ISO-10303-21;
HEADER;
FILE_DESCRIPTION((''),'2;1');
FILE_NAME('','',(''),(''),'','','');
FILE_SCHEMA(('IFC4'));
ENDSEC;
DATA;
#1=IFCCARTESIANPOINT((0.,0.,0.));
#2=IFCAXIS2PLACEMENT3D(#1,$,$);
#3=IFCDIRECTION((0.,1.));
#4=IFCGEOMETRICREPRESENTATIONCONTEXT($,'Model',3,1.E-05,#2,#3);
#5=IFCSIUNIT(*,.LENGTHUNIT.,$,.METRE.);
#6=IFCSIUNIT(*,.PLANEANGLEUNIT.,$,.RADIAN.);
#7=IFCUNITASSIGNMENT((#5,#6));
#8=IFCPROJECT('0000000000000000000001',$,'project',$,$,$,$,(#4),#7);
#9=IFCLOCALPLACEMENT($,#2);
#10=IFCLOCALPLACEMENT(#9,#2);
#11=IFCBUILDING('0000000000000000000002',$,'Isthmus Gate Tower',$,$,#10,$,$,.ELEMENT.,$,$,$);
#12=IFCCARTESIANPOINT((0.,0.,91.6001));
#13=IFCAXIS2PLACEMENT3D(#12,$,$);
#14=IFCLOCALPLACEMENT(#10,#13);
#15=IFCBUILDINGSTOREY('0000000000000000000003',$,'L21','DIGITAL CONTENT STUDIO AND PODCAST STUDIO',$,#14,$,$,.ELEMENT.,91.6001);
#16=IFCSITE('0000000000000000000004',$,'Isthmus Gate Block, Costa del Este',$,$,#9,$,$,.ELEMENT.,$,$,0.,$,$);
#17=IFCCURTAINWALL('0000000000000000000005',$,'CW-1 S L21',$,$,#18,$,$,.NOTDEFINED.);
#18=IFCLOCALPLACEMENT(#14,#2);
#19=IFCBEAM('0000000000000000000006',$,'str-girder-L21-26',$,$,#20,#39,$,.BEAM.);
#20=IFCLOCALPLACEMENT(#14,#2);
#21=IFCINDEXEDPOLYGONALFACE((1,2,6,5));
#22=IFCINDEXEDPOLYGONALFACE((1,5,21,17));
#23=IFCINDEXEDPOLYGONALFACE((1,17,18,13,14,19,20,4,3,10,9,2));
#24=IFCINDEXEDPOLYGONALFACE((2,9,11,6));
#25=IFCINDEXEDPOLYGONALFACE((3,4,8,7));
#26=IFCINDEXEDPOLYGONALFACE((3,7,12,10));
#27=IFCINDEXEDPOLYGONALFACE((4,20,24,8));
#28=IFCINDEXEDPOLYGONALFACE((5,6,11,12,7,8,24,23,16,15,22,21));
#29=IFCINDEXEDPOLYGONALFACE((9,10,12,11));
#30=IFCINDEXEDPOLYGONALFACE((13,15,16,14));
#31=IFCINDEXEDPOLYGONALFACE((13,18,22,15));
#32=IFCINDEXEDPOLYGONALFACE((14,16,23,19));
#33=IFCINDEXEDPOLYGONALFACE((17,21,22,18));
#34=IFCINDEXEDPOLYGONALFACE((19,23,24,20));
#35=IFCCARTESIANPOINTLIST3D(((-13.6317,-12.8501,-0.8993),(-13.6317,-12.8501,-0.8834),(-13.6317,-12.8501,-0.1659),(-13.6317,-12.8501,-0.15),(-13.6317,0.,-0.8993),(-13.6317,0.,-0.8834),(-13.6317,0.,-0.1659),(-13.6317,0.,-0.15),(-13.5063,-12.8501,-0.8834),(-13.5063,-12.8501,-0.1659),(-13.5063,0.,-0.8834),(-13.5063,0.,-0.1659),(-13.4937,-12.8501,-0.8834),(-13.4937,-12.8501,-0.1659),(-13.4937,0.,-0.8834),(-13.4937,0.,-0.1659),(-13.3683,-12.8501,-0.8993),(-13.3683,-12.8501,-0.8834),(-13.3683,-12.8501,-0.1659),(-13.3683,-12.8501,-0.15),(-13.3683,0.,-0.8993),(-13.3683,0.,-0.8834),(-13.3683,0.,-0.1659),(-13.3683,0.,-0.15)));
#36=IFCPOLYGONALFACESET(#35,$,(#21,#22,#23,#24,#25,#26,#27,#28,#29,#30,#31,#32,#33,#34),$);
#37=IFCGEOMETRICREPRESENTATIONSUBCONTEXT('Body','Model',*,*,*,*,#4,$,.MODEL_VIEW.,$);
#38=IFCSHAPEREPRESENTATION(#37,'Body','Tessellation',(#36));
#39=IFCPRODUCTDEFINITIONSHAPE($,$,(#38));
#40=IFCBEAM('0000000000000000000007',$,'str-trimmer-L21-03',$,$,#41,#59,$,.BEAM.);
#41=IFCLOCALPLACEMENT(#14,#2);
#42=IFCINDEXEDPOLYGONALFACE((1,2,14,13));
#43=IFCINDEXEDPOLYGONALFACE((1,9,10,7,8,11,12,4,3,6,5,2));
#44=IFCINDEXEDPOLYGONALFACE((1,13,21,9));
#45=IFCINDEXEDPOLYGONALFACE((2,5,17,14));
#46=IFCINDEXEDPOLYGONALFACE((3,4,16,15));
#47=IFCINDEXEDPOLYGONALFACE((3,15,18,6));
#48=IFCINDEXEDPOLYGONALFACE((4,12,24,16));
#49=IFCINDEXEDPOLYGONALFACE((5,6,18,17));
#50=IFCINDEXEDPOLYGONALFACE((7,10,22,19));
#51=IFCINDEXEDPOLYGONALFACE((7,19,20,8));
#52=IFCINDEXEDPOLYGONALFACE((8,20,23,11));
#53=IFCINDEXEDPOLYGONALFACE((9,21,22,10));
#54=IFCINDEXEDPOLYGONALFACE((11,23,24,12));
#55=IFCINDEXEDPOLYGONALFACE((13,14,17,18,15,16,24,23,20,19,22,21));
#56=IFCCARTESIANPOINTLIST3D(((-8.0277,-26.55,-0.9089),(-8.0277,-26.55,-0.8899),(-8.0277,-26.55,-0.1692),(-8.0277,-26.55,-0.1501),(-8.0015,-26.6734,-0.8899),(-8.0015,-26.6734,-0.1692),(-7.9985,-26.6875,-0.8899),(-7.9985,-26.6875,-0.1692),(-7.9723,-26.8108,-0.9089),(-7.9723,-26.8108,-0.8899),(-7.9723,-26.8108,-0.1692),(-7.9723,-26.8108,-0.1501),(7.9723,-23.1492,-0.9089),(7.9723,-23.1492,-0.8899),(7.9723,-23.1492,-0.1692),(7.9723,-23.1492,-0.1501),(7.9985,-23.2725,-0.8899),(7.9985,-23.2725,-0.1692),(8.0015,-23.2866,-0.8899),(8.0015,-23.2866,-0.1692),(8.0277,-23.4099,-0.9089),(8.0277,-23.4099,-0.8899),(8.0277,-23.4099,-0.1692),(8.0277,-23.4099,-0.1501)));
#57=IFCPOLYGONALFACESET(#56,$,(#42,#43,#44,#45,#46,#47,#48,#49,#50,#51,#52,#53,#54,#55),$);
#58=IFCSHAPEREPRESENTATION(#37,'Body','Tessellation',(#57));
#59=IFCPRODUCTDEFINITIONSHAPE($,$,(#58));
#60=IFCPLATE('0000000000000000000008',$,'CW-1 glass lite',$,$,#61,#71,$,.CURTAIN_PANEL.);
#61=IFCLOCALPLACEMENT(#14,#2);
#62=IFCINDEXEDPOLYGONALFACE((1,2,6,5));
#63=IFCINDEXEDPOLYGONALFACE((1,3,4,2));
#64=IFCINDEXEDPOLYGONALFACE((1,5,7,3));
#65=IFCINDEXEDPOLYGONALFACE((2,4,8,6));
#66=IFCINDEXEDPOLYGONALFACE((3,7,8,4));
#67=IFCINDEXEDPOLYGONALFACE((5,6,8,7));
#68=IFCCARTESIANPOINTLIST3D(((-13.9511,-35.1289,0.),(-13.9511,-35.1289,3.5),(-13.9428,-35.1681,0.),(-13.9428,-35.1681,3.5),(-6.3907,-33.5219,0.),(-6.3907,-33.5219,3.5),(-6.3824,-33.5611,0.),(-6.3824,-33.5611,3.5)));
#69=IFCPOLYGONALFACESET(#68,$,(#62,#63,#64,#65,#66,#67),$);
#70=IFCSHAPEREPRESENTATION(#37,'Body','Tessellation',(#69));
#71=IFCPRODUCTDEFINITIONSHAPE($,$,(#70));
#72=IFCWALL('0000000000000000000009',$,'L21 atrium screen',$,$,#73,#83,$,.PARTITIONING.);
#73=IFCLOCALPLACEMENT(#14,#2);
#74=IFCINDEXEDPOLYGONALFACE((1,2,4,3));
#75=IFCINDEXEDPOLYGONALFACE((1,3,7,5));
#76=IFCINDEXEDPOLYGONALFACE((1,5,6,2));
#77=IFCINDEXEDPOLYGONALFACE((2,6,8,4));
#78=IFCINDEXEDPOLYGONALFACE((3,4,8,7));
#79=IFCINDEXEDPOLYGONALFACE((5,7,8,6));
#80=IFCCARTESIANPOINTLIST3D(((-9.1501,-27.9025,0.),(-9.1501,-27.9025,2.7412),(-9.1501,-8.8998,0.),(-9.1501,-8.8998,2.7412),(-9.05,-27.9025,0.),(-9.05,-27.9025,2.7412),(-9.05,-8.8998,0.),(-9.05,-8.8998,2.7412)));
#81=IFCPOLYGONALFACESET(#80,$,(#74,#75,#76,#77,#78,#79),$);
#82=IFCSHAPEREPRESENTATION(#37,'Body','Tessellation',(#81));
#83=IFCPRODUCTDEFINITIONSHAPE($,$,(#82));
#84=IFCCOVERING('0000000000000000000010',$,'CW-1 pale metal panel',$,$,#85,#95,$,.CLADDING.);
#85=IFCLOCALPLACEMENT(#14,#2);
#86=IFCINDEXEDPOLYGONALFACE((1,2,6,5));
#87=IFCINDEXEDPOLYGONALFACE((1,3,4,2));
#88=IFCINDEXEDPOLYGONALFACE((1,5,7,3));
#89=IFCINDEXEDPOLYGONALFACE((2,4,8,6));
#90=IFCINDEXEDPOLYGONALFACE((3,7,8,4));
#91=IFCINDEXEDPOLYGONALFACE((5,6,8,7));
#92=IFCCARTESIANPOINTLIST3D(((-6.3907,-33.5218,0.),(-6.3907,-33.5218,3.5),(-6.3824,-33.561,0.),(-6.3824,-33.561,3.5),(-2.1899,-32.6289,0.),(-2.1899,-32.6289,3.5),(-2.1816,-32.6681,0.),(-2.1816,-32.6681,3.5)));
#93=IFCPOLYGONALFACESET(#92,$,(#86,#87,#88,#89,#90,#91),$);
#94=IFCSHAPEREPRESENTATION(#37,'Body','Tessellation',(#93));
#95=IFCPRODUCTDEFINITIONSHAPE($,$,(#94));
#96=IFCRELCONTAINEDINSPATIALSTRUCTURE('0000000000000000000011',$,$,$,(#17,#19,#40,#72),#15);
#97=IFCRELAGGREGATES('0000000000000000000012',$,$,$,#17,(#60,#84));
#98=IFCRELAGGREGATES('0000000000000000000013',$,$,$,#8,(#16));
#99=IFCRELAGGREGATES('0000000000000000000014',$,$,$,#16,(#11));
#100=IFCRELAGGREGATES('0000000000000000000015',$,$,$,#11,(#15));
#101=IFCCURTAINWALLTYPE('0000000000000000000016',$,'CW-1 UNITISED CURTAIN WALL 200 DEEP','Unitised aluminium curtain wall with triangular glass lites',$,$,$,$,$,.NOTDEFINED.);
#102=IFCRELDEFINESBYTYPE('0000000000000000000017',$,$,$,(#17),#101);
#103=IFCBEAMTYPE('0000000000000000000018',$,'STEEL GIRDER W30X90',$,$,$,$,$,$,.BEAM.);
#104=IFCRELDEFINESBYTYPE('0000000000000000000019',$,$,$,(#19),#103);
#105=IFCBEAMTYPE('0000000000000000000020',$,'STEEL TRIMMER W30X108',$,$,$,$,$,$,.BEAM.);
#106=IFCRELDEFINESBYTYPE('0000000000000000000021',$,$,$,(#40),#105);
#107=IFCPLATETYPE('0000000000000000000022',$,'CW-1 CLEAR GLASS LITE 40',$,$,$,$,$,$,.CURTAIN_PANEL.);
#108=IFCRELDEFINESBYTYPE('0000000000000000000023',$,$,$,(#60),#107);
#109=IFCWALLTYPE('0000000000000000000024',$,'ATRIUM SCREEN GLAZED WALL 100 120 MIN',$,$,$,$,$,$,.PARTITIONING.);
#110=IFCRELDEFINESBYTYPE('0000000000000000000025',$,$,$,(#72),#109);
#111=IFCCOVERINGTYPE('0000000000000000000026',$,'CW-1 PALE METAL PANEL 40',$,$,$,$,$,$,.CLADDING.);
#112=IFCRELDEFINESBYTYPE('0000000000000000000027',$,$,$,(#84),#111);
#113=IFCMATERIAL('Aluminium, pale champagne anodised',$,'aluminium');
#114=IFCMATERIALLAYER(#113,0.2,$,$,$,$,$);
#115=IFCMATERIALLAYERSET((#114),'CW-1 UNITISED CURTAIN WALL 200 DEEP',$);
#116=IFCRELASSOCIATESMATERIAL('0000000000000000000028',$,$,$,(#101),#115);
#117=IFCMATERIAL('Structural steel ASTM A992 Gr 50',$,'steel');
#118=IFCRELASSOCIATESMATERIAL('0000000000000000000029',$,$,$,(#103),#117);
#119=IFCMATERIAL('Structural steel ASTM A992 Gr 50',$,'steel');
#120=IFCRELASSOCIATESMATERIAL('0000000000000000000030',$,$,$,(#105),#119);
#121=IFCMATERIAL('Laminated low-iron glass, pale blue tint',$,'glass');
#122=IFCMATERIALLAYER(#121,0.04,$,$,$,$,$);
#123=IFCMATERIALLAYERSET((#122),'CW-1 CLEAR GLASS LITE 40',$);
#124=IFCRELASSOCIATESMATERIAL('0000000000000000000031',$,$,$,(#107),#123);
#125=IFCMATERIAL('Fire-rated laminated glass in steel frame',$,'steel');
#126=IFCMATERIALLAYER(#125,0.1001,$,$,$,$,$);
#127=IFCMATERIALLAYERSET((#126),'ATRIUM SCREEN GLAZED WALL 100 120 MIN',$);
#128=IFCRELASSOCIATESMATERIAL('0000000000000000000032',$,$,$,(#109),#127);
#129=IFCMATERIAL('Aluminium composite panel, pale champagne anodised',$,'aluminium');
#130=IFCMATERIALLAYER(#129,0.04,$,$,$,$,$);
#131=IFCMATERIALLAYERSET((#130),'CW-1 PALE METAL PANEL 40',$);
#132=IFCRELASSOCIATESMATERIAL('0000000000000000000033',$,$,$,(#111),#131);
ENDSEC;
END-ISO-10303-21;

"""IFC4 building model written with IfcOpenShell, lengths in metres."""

from ifc_helpers import new_model, si_unit, direction, frame, frame_2d, origin, origin_2d, place, context, subcontext, project, spatial, rectangle, i_section, extrude, material, layer, layer_set, material_profile, profile_set, type_object, element, aggregate, save


model = new_model("IFC4")

# Units and contexts
model_context = context("Model", 3, precision=1e-05, world=origin(), true_north=direction((0.0, 1.0)))
body_context = subcontext(model_context, "Body", "Model", "MODEL_VIEW")
ifc_project = project(units=[si_unit("LENGTHUNIT", "METRE"), si_unit("PLANEANGLEUNIT", "RADIAN")], contexts=[model_context])

# Site, building, storey
site_placement = place(None, origin())
site = spatial("IfcSite", under=ifc_project, at=site_placement, Name="Isthmus Gate Block, Costa del Este", CompositionType="ELEMENT", RefElevation=0.0)
building_placement = place(site_placement, origin())
building = spatial("IfcBuilding", under=site, at=building_placement, Name="Isthmus Gate Tower", CompositionType="ELEMENT")
storey_placement = place(building_placement, frame((0.0, 0.0, 91.6001)))
storey = spatial("IfcBuildingStorey", under=building, at=storey_placement, Name="L21", Description="DIGITAL CONTENT STUDIO AND PODCAST STUDIO", CompositionType="ELEMENT", Elevation=91.6001)

# Curtain wall
ifc_material_1 = material(Name="Aluminium, pale champagne anodised", Category="aluminium")
ifc_layer_1 = layer(ifc_material_1, 0.2)
ifc_layer_set_1 = layer_set([ifc_layer_1], Name="CW-1 UNITISED CURTAIN WALL 200 DEEP")
curtain_wall_type = type_object("IfcCurtainWallType", Name="CW-1 UNITISED CURTAIN WALL 200 DEEP", Description="Unitised aluminium curtain wall with triangular glass lites", PredefinedType="NOTDEFINED", material=ifc_layer_set_1)
curtain_wall_placement = place(storey_placement, origin())
curtain_wall = element("IfcCurtainWall", 1, at=curtain_wall_placement, inside=storey, type_object=curtain_wall_type, Name="CW-1 S L21", PredefinedType="NOTDEFINED")

# Beams
ifc_material_2 = material(Name="Structural steel ASTM A992 Gr 50", Category="steel")
ifc_material_profile_1 = material_profile(ifc_material_2, i_section(OverallWidth=0.2634, OverallDepth=0.7493, WebThickness=0.0127, FlangeThickness=0.0159, at=origin_2d()), Name="W30X90")
ifc_profile_set_1 = profile_set([ifc_material_profile_1], Name="Structural steel ASTM A992 Gr 50")
beam_type_1 = type_object("IfcBeamType", Name="STEEL GIRDER W30X90", PredefinedType="BEAM", material=ifc_profile_set_1)
beam_1_placement = place(storey_placement, frame((-13.5, -12.8501, -0.5247), z_axis=(0.0, 1.0, 0.0), x_axis=(-1.0, 0.0, 0.0)))
element("IfcBeam", 2, at=beam_1_placement, inside=storey, type_object=beam_type_1, Name="str-girder-L21-26", PredefinedType="BEAM", context=body_context, shape_type="SweptSolid", body=[
    extrude(i_section(OverallWidth=0.2634, OverallDepth=0.7493, WebThickness=0.0127, FlangeThickness=0.0159, at=origin_2d()), origin(), (0.0, 0.0, 1.0), 12.8501),
])
ifc_material_3 = material(Name="Structural steel ASTM A992 Gr 50", Category="steel")
ifc_material_profile_2 = material_profile(ifc_material_3, i_section(OverallWidth=0.2666, OverallDepth=0.7588, WebThickness=0.0144, FlangeThickness=0.019, at=origin_2d()), Name="W30X108")
ifc_profile_set_2 = profile_set([ifc_material_profile_2], Name="Structural steel ASTM A992 Gr 50")
beam_type_2 = type_object("IfcBeamType", Name="STEEL TRIMMER W30X108", PredefinedType="BEAM", material=ifc_profile_set_2)
beam_2_placement = place(storey_placement, frame((-8.0, -26.6804, -0.5295), z_axis=(0.978148, 0.20791, 0.0), x_axis=(-0.20791, 0.978148, 0.0)))
element("IfcBeam", 3, at=beam_2_placement, inside=storey, type_object=beam_type_2, Name="str-trimmer-L21-03", PredefinedType="BEAM", context=body_context, shape_type="SweptSolid", body=[
    extrude(i_section(OverallWidth=0.2666, OverallDepth=0.7588, WebThickness=0.0144, FlangeThickness=0.019, at=origin_2d()), origin(), (0.0, 0.0, 1.0), 16.3574),
])

# Plate
ifc_material_4 = material(Name="Laminated low-iron glass, pale blue tint", Category="glass")
ifc_layer_2 = layer(ifc_material_4, 0.04)
ifc_layer_set_2 = layer_set([ifc_layer_2], Name="CW-1 CLEAR GLASS LITE 40")
plate_type = type_object("IfcPlateType", Name="CW-1 CLEAR GLASS LITE 40", PredefinedType="CURTAIN_PANEL", material=ifc_layer_set_2)
plate_placement = place(storey_placement, frame((-10.1667, -34.345, 0.0), z_axis=(0.0, 0.0, 1.0), x_axis=(0.978148, 0.207912, 0.0)))
plate = element("IfcPlate", 4, at=plate_placement, type_object=plate_type, Name="CW-1 glass lite", PredefinedType="CURTAIN_PANEL", context=body_context, shape_type="SweptSolid", body=[
    extrude(rectangle(XDim=7.7292, YDim=0.04, at=origin_2d()), origin(), (0.0, 0.0, 1.0), 3.5),
])

# Wall
ifc_material_5 = material(Name="Fire-rated laminated glass in steel frame", Category="steel")
ifc_layer_3 = layer(ifc_material_5, 0.1001)
ifc_layer_set_3 = layer_set([ifc_layer_3], Name="ATRIUM SCREEN GLAZED WALL 100 120 MIN")
wall_type = type_object("IfcWallType", Name="ATRIUM SCREEN GLAZED WALL 100 120 MIN", PredefinedType="PARTITIONING", material=ifc_layer_set_3)
wall_placement = place(storey_placement, frame((-9.1001, -27.9026, 0.0), z_axis=(0.0, 0.0, 1.0), x_axis=(0.0, 1.0, 0.0)))
element("IfcWall", 5, at=wall_placement, inside=storey, type_object=wall_type, Name="L21 atrium screen", PredefinedType="PARTITIONING", context=body_context, shape_type="SweptSolid", body=[
    extrude(rectangle(XDim=19.0027, YDim=0.1001, at=frame_2d((9.5015, 0.0))), origin(), (0.0, 0.0, 1.0), 2.7412),
])

# Covering
ifc_material_6 = material(Name="Aluminium composite panel, pale champagne anodised", Category="aluminium")
ifc_layer_4 = layer(ifc_material_6, 0.04)
ifc_layer_set_4 = layer_set([ifc_layer_4], Name="CW-1 PALE METAL PANEL 40")
covering_type = type_object("IfcCoveringType", Name="CW-1 PALE METAL PANEL 40", PredefinedType="CLADDING", material=ifc_layer_set_4)
covering_placement = place(storey_placement, frame((-4.2861, -33.095, 0.0), z_axis=(0.0, 0.0, 1.0), x_axis=(0.978148, 0.207912, 0.0)))
covering = element("IfcCovering", 6, at=covering_placement, type_object=covering_type, Name="CW-1 pale metal panel", PredefinedType="CLADDING", context=body_context, shape_type="SweptSolid", body=[
    extrude(rectangle(XDim=4.2947, YDim=0.04, at=origin_2d()), origin(), (0.0, 0.0, 1.0), 3.5),
])
aggregate(curtain_wall, [plate, covering])

save(model, "model.ifc")
